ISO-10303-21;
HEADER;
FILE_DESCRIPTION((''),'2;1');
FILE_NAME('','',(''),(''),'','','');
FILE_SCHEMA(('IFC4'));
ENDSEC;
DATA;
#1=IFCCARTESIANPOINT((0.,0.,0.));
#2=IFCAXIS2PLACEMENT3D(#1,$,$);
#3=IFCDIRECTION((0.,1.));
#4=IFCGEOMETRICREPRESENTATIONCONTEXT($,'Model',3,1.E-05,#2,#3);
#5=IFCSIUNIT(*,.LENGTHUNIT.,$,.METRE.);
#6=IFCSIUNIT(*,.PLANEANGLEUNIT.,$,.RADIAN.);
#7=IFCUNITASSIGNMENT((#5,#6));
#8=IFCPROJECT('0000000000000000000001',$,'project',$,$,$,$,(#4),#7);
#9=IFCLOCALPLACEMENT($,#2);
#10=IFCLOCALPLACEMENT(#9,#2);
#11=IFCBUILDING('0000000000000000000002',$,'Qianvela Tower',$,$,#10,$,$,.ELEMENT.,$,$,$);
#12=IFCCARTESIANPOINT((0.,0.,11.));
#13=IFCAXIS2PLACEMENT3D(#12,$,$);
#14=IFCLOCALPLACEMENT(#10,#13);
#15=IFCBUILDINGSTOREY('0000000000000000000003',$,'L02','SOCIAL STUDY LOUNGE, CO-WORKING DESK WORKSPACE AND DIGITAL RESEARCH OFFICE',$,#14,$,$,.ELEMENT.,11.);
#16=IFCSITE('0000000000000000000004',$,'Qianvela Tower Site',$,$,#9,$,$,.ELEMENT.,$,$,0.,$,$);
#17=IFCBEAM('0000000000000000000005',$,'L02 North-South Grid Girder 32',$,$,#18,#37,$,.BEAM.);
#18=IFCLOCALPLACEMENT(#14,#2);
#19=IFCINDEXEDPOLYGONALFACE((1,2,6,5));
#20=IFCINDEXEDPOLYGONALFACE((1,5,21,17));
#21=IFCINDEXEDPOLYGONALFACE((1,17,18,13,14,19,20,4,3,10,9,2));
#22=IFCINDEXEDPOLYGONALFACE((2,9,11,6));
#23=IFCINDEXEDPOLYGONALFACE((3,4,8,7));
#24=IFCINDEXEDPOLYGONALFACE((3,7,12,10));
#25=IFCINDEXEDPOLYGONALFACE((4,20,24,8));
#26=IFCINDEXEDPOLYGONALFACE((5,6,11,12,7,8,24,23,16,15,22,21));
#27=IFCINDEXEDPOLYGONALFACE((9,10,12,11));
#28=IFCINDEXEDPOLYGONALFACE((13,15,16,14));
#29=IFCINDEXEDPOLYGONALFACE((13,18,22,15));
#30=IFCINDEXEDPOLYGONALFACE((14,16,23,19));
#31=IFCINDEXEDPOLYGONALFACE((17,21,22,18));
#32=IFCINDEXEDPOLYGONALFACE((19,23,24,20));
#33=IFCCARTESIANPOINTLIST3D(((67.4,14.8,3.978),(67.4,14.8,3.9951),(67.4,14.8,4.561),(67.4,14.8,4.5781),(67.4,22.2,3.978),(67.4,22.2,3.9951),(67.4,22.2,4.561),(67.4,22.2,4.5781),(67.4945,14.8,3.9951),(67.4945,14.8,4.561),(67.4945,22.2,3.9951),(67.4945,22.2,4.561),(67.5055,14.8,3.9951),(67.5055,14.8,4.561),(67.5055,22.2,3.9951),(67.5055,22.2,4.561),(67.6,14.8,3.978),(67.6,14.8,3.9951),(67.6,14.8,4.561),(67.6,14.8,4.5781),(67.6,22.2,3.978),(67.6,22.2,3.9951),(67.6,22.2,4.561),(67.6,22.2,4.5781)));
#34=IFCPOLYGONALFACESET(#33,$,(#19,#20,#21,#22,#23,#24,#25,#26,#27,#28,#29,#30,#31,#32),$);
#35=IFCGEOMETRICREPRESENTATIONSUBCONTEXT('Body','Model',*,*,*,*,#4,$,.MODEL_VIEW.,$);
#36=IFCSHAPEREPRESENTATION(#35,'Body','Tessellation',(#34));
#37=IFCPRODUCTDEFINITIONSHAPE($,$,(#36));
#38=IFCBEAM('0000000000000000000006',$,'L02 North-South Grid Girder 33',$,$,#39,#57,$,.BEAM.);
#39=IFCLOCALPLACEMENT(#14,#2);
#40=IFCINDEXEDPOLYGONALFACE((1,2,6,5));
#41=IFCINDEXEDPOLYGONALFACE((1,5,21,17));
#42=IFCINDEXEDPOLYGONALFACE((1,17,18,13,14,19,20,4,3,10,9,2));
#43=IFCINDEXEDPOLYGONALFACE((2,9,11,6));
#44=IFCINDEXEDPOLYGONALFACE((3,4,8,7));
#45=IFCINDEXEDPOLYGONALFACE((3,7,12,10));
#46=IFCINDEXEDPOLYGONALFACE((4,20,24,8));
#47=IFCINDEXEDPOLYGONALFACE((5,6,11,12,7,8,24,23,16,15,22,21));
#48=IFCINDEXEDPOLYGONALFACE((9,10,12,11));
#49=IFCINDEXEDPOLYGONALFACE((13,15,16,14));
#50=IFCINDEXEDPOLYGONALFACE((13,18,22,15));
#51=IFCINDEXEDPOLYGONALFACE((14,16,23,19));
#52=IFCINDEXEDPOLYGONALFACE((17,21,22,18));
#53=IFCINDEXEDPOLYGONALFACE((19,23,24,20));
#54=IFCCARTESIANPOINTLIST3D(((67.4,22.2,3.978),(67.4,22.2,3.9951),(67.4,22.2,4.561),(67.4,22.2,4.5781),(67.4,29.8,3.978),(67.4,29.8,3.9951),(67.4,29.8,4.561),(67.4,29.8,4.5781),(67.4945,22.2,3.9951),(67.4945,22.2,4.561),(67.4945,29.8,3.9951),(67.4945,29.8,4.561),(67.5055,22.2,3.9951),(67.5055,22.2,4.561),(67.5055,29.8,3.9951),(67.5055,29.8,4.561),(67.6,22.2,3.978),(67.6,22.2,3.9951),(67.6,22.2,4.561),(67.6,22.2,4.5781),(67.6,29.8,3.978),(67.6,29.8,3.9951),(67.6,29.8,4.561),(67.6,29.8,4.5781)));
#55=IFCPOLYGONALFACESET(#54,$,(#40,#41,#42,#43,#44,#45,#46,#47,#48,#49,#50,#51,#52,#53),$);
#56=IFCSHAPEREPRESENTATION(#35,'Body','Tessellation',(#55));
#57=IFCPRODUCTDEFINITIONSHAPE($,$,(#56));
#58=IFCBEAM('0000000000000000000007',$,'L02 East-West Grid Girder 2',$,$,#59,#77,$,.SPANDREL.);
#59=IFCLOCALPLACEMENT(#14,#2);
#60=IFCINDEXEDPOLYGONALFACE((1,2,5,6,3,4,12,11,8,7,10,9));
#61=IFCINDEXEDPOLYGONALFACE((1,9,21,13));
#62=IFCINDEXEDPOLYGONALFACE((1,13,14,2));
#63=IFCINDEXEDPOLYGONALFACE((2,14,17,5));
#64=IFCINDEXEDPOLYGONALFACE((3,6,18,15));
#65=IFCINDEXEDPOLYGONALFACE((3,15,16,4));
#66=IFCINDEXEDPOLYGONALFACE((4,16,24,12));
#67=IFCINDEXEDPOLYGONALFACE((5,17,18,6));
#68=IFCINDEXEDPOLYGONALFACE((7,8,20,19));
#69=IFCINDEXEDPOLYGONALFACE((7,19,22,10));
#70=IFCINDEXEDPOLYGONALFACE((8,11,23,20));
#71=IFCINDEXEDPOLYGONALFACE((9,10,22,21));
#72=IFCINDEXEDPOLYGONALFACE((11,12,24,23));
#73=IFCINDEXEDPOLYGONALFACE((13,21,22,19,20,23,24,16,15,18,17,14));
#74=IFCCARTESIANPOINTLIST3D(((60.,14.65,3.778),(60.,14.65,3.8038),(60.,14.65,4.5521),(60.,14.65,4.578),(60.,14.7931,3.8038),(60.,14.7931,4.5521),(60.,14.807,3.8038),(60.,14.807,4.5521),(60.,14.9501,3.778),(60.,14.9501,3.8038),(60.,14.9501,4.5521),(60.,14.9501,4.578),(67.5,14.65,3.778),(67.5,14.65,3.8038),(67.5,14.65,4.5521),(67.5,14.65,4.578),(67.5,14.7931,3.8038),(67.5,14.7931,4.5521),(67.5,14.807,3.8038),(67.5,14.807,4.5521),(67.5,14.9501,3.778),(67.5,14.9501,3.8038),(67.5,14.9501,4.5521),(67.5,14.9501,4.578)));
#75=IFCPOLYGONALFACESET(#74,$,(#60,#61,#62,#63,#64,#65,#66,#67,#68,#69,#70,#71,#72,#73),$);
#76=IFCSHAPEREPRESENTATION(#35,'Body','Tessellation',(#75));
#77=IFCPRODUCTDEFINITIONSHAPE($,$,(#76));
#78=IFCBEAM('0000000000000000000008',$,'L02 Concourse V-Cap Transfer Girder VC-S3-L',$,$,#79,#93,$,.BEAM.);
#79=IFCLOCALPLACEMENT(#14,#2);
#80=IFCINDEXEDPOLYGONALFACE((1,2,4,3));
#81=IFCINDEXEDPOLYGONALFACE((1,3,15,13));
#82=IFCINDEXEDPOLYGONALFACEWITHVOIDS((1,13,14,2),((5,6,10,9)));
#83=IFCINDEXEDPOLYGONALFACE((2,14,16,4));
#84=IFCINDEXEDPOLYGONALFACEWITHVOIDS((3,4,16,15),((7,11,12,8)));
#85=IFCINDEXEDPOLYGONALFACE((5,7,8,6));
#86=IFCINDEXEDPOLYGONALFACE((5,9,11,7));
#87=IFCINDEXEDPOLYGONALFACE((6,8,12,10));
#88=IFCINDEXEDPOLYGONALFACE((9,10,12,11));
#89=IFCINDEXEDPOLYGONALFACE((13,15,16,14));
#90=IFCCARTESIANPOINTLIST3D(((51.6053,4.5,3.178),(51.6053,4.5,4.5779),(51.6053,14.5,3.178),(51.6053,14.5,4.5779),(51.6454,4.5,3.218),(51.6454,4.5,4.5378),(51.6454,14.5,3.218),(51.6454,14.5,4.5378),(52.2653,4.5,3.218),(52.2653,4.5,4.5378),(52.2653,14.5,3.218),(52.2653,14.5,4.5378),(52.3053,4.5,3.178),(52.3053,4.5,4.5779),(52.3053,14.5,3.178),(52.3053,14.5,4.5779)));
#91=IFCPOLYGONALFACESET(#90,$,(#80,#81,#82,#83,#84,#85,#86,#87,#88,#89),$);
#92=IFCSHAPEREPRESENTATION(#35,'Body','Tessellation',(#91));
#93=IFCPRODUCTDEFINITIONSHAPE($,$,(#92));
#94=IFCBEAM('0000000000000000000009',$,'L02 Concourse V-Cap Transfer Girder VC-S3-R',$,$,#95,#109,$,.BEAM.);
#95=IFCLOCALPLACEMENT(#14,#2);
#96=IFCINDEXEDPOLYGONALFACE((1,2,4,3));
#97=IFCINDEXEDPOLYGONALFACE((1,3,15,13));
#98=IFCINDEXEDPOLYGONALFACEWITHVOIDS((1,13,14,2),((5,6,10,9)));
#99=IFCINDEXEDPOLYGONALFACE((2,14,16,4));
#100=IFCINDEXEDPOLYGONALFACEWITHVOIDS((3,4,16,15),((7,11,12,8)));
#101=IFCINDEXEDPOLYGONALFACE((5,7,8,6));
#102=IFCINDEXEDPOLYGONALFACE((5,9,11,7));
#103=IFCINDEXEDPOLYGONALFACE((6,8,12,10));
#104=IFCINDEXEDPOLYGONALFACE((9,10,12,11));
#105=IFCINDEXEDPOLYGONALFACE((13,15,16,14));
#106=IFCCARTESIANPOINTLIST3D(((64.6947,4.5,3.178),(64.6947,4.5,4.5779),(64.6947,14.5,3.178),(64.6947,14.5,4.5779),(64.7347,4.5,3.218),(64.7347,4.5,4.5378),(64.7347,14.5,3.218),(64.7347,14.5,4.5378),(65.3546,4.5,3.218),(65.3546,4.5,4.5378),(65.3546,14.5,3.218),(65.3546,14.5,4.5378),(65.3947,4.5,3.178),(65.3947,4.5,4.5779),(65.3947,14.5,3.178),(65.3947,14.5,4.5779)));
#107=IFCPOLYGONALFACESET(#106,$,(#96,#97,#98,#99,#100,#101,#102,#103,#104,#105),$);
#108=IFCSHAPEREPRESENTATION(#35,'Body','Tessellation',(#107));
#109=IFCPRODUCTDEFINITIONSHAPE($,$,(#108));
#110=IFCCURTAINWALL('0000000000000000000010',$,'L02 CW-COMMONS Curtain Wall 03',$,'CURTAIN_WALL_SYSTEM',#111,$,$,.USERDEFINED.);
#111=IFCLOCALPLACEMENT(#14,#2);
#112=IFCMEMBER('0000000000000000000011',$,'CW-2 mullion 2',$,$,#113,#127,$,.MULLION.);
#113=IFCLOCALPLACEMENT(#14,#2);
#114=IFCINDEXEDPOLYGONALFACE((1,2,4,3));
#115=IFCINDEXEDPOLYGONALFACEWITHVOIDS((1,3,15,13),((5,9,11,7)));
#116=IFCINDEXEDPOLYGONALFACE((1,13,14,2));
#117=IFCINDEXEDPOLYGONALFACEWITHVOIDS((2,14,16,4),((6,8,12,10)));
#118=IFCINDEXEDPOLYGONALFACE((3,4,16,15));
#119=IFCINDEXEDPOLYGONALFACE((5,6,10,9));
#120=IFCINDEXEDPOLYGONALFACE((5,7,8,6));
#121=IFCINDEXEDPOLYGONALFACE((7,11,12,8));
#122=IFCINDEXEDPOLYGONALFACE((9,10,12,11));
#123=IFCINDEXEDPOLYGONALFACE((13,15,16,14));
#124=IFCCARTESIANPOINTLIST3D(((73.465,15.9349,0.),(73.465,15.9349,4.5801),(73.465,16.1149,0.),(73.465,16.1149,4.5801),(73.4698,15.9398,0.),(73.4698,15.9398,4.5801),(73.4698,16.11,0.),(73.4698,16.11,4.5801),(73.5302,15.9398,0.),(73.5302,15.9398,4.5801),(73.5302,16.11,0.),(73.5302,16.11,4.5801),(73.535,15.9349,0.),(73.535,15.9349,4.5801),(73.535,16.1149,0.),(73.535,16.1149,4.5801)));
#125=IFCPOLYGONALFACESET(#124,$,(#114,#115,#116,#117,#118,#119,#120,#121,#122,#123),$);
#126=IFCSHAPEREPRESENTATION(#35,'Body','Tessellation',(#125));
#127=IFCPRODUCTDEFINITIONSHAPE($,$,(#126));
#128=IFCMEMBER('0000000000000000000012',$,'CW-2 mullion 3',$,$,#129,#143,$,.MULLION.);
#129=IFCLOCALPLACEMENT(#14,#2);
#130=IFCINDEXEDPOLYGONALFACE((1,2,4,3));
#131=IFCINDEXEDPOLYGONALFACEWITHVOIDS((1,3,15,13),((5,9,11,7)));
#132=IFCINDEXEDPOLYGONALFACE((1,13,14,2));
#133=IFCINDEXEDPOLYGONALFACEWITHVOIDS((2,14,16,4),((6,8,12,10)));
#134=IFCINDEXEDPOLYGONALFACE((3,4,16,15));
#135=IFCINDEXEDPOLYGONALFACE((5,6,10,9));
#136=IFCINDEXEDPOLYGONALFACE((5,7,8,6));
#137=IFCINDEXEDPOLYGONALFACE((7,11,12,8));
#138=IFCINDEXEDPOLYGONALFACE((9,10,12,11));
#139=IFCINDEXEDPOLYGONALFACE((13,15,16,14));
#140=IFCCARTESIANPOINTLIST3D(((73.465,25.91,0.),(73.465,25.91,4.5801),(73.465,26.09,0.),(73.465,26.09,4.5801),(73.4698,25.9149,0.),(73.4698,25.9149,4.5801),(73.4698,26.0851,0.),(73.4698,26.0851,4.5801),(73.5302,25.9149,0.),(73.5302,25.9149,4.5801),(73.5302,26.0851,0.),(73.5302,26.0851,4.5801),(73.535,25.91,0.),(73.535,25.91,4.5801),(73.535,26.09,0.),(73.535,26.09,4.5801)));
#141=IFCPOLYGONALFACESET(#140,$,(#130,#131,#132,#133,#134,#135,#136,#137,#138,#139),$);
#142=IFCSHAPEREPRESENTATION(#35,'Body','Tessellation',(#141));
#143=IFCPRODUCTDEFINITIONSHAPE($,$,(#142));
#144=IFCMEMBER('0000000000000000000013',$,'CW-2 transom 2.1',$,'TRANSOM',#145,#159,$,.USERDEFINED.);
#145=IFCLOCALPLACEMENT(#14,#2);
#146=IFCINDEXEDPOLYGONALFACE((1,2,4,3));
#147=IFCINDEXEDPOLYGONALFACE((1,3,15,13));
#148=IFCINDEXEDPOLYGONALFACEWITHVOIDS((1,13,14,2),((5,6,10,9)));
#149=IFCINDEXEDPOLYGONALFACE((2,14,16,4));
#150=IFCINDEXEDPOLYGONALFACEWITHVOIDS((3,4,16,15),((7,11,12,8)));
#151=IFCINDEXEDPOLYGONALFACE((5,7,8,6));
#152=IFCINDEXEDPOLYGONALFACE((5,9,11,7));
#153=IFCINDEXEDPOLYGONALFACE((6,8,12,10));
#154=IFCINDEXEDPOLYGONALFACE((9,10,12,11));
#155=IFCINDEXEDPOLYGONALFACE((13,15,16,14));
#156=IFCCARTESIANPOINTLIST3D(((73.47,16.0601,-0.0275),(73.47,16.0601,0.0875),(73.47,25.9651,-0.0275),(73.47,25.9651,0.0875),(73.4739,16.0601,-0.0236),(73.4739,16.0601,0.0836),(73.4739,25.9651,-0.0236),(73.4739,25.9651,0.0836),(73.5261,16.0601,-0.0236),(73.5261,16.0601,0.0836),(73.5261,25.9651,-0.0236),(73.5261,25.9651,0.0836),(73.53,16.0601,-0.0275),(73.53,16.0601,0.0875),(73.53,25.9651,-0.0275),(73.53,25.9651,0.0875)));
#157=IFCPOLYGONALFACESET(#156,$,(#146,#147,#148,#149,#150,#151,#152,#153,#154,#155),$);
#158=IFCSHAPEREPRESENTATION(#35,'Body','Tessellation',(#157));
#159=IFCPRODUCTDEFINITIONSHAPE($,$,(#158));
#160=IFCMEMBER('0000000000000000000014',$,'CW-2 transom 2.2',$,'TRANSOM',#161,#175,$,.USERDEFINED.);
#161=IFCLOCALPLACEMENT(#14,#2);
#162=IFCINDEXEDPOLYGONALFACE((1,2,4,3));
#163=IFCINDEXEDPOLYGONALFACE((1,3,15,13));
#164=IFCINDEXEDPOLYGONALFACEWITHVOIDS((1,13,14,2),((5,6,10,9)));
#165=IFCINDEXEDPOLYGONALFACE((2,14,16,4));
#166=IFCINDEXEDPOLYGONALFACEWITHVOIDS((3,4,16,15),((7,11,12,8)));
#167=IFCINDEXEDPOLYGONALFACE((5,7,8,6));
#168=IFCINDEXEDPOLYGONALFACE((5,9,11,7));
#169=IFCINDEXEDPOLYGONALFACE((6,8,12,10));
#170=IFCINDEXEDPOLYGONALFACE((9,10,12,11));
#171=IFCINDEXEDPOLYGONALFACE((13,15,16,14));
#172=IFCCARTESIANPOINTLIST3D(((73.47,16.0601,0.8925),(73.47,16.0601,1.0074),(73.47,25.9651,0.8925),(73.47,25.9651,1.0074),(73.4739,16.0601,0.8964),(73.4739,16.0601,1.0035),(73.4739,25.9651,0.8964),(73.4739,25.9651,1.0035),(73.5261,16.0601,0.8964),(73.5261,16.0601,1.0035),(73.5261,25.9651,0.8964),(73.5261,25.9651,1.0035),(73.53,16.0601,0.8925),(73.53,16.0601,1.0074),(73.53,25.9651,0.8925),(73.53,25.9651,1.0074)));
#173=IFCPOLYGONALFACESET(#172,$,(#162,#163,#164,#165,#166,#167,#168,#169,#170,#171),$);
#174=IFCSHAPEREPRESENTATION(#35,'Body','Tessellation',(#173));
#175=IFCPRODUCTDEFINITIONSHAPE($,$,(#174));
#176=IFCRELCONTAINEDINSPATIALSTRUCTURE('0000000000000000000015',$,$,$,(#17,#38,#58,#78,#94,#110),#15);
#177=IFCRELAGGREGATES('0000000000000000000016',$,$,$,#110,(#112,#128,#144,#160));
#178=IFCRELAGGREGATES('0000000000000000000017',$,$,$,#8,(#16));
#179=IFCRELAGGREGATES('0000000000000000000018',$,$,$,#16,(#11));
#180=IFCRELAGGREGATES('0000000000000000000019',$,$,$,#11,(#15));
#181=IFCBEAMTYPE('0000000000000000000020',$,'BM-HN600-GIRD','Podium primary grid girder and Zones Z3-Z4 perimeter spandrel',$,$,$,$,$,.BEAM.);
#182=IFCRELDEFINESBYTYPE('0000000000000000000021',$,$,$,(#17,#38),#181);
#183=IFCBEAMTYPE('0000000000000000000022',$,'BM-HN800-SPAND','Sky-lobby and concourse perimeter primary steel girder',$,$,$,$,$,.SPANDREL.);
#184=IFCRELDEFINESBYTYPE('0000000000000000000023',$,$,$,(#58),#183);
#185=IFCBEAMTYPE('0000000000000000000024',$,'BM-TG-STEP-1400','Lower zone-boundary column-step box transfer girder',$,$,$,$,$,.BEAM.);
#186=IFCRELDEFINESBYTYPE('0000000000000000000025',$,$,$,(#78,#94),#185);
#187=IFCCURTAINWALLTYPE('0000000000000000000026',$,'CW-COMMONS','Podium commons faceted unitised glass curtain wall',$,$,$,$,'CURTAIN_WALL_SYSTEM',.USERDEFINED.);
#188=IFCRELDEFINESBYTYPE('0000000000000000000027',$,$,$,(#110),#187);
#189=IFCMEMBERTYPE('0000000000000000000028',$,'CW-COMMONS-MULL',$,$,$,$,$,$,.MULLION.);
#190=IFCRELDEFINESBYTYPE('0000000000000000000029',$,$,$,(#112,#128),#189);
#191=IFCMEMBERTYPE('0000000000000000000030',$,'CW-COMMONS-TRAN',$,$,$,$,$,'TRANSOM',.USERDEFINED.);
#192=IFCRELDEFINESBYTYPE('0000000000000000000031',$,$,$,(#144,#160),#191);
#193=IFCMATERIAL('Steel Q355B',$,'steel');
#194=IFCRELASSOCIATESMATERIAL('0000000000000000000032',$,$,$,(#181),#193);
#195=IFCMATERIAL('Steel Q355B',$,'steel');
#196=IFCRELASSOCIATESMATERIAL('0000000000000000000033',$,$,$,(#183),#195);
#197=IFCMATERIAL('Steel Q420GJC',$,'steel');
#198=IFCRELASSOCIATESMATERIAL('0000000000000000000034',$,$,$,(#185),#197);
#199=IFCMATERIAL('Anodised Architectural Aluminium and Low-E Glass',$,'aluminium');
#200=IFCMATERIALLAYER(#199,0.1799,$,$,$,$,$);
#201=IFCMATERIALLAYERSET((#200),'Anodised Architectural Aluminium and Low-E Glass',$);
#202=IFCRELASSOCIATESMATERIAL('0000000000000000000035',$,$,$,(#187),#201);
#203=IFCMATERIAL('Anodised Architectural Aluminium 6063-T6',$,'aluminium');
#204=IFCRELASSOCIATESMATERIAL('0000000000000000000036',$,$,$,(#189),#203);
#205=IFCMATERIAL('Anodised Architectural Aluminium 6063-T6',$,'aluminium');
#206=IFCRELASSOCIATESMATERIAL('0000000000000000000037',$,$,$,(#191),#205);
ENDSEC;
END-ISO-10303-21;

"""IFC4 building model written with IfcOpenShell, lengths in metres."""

from ifc_helpers import new_model, si_unit, direction, frame, origin, origin_2d, place, context, subcontext, project, spatial, hollow_rectangle, i_section, extrude, material, layer, layer_set, material_profile, profile_set, type_object, element, aggregate, save


model = new_model("IFC4")

# Units and contexts
model_context = context("Model", 3, precision=1e-05, world=origin(), true_north=direction((0.0, 1.0)))
body_context = subcontext(model_context, "Body", "Model", "MODEL_VIEW")
ifc_project = project(units=[si_unit("LENGTHUNIT", "METRE"), si_unit("PLANEANGLEUNIT", "RADIAN")], contexts=[model_context])

# Site, building, storey
site_placement = place(None, origin())
site = spatial("IfcSite", under=ifc_project, at=site_placement, Name="Qianvela Tower Site", CompositionType="ELEMENT", RefElevation=0.0)
building_placement = place(site_placement, origin())
building = spatial("IfcBuilding", under=site, at=building_placement, Name="Qianvela Tower", CompositionType="ELEMENT")
storey_placement = place(building_placement, frame((0.0, 0.0, 11.0)))
storey = spatial("IfcBuildingStorey", under=building, at=storey_placement, Name="L02", Description="SOCIAL STUDY LOUNGE, CO-WORKING DESK WORKSPACE AND DIGITAL RESEARCH OFFICE", CompositionType="ELEMENT", Elevation=11.0)

# Beams
ifc_material_1 = material(Name="Steel Q355B", Category="steel")
ifc_material_profile_1 = material_profile(ifc_material_1, i_section(OverallWidth=0.2, OverallDepth=0.6001, WebThickness=0.011, FlangeThickness=0.0171, at=origin_2d()), Name="HN600x200x11x17")
ifc_profile_set_1 = profile_set([ifc_material_profile_1], Name="Steel Q355B")
beam_type_1 = type_object("IfcBeamType", Name="BM-HN600-GIRD", Description="Podium primary grid girder and Zones Z3-Z4 perimeter spandrel", PredefinedType="BEAM", material=ifc_profile_set_1)
beam_1_placement = place(storey_placement, frame((67.5, 14.8, 4.2781), z_axis=(0.0, 1.0, 0.0), x_axis=(-1.0, 0.0, 0.0)))
element("IfcBeam", 1, at=beam_1_placement, inside=storey, type_object=beam_type_1, Name="L02 North-South Grid Girder 32", PredefinedType="BEAM", context=body_context, shape_type="SweptSolid", body=[
    extrude(i_section(OverallWidth=0.2, OverallDepth=0.6001, WebThickness=0.011, FlangeThickness=0.0171, at=origin_2d()), origin(), (0.0, 0.0, 1.0), 7.3999),
])
beam_2_placement = place(storey_placement, frame((67.5, 22.2, 4.2781), z_axis=(0.0, 1.0, 0.0), x_axis=(-1.0, 0.0, 0.0)))
element("IfcBeam", 2, at=beam_2_placement, inside=storey, type_object=beam_type_1, Name="L02 North-South Grid Girder 33", PredefinedType="BEAM", context=body_context, shape_type="SweptSolid", body=[
    extrude(i_section(OverallWidth=0.2, OverallDepth=0.6001, WebThickness=0.011, FlangeThickness=0.0171, at=origin_2d()), origin(), (0.0, 0.0, 1.0), 7.6001),
])
ifc_material_2 = material(Name="Steel Q355B", Category="steel")
ifc_material_profile_2 = material_profile(ifc_material_2, i_section(OverallWidth=0.3, OverallDepth=0.8, WebThickness=0.0139, FlangeThickness=0.0259, at=origin_2d()), Name="HN800x300x14x26")
ifc_profile_set_2 = profile_set([ifc_material_profile_2], Name="Steel Q355B")
beam_type_2 = type_object("IfcBeamType", Name="BM-HN800-SPAND", Description="Sky-lobby and concourse perimeter primary steel girder", PredefinedType="SPANDREL", material=ifc_profile_set_2)
beam_3_placement = place(storey_placement, frame((60.0, 14.8, 4.178), z_axis=(1.0, 0.0, 0.0), x_axis=(0.0, 1.0, 0.0)))
element("IfcBeam", 3, at=beam_3_placement, inside=storey, type_object=beam_type_2, Name="L02 East-West Grid Girder 2", PredefinedType="SPANDREL", context=body_context, shape_type="SweptSolid", body=[
    extrude(i_section(OverallWidth=0.3, OverallDepth=0.8, WebThickness=0.0139, FlangeThickness=0.0259, at=origin_2d()), origin(), (0.0, 0.0, 1.0), 7.5),
])
ifc_material_3 = material(Name="Steel Q420GJC", Category="steel")
ifc_material_profile_3 = material_profile(ifc_material_3, hollow_rectangle(XDim=0.7, YDim=1.3999, WallThickness=0.04, at=origin_2d()), Name="TG-BOX-1400x700x40")
ifc_profile_set_3 = profile_set([ifc_material_profile_3], Name="Steel Q420GJC")
beam_type_3 = type_object("IfcBeamType", Name="BM-TG-STEP-1400", Description="Lower zone-boundary column-step box transfer girder", PredefinedType="BEAM", material=ifc_profile_set_3)
for number, where, z_axis, x_axis, name in (
    (4, (51.9553, 14.5, 3.8779), (0.0, -1.0, 0.0), (1.0, 0.0, 0.0), "L02 Concourse V-Cap Transfer Girder VC-S3-L"),
    (5, (65.0447, 14.5, 3.8779), (0.0, -1.0, 0.0), (1.0, 0.0, 0.0), "L02 Concourse V-Cap Transfer Girder VC-S3-R"),
):
    element("IfcBeam", number, at=place(storey_placement, frame(where, z_axis=z_axis, x_axis=x_axis)), inside=storey, type_object=beam_type_3, Name=name, PredefinedType="BEAM", context=body_context, shape_type="SweptSolid", body=[
        extrude(hollow_rectangle(XDim=0.7, YDim=1.3999, WallThickness=0.04, at=origin_2d()), origin(), (0.0, 0.0, 1.0), 10.0),
    ])

# Curtain wall, members
ifc_material_4 = material(Name="Anodised Architectural Aluminium and Low-E Glass", Category="aluminium")
ifc_layer_1 = layer(ifc_material_4, 0.1799)
ifc_layer_set_1 = layer_set([ifc_layer_1], Name="Anodised Architectural Aluminium and Low-E Glass")
curtain_wall_type = type_object("IfcCurtainWallType", Name="CW-COMMONS", Description="Podium commons faceted unitised glass curtain wall", ElementType="CURTAIN_WALL_SYSTEM", PredefinedType="USERDEFINED", material=ifc_layer_set_1)
curtain_wall_placement = place(storey_placement, origin())
curtain_wall = element("IfcCurtainWall", 6, at=curtain_wall_placement, inside=storey, type_object=curtain_wall_type, Name="L02 CW-COMMONS Curtain Wall 03", ObjectType="CURTAIN_WALL_SYSTEM", PredefinedType="USERDEFINED")
ifc_material_5 = material(Name="Anodised Architectural Aluminium 6063-T6", Category="aluminium")
ifc_material_profile_4 = material_profile(ifc_material_5, hollow_rectangle(XDim=0.0701, YDim=0.1799, WallThickness=0.0049, at=origin_2d()), Name="ALU-MULL-70x180")
ifc_profile_set_4 = profile_set([ifc_material_profile_4], Name="Anodised Architectural Aluminium 6063-T6")
member_type_1 = type_object("IfcMemberType", Name="CW-COMMONS-MULL", PredefinedType="MULLION", material=ifc_profile_set_4)
member_1_placement = place(storey_placement, frame((73.5, 16.0249, 0.0), z_axis=(0.0, 0.0, 1.0), x_axis=(-1.0, 0.0, 0.0)))
member_1 = element("IfcMember", 7, at=member_1_placement, type_object=member_type_1, Name="CW-2 mullion 2", PredefinedType="MULLION", context=body_context, shape_type="SweptSolid", body=[
    extrude(hollow_rectangle(XDim=0.0701, YDim=0.1799, WallThickness=0.0049, at=origin_2d()), origin(), (0.0, 0.0, 1.0), 4.5801),
])
member_2_placement = place(storey_placement, frame((73.5, 26.0, 0.0), z_axis=(0.0, 0.0, 1.0), x_axis=(-1.0, 0.0, 0.0)))
member_2 = element("IfcMember", 8, at=member_2_placement, type_object=member_type_1, Name="CW-2 mullion 3", PredefinedType="MULLION", context=body_context, shape_type="SweptSolid", body=[
    extrude(hollow_rectangle(XDim=0.0701, YDim=0.1799, WallThickness=0.0049, at=origin_2d()), origin(), (0.0, 0.0, 1.0), 4.5801),
])
ifc_material_6 = material(Name="Anodised Architectural Aluminium 6063-T6", Category="aluminium")
ifc_material_profile_5 = material_profile(ifc_material_6, hollow_rectangle(XDim=0.0601, YDim=0.115, WallThickness=0.0039, at=origin_2d()), Name="ALU-TRAN-60x115")
ifc_profile_set_5 = profile_set([ifc_material_profile_5], Name="Anodised Architectural Aluminium 6063-T6")
member_type_2 = type_object("IfcMemberType", Name="CW-COMMONS-TRAN", ElementType="TRANSOM", PredefinedType="USERDEFINED", material=ifc_profile_set_5)
member_3_placement = place(storey_placement, frame((73.5, 16.0601, 0.03), z_axis=(0.0, 1.0, 0.0), x_axis=(-1.0, 0.0, 0.0)))
member_3 = element("IfcMember", 9, at=member_3_placement, type_object=member_type_2, Name="CW-2 transom 2.1", ObjectType="TRANSOM", PredefinedType="USERDEFINED", context=body_context, shape_type="SweptSolid", body=[
    extrude(hollow_rectangle(XDim=0.0601, YDim=0.115, WallThickness=0.0039, at=origin_2d()), origin(), (0.0, 0.0, 1.0), 9.905),
])
member_4_placement = place(storey_placement, frame((73.5, 16.0601, 0.95), z_axis=(0.0, 1.0, 0.0), x_axis=(-1.0, 0.0, 0.0)))
member_4 = element("IfcMember", 10, at=member_4_placement, type_object=member_type_2, Name="CW-2 transom 2.2", ObjectType="TRANSOM", PredefinedType="USERDEFINED", context=body_context, shape_type="SweptSolid", body=[
    extrude(hollow_rectangle(XDim=0.0601, YDim=0.115, WallThickness=0.0039, at=origin_2d()), origin(), (0.0, 0.0, 1.0), 9.905),
])
aggregate(curtain_wall, [member_1, member_2, member_3, member_4])

save(model, "model.ifc")
